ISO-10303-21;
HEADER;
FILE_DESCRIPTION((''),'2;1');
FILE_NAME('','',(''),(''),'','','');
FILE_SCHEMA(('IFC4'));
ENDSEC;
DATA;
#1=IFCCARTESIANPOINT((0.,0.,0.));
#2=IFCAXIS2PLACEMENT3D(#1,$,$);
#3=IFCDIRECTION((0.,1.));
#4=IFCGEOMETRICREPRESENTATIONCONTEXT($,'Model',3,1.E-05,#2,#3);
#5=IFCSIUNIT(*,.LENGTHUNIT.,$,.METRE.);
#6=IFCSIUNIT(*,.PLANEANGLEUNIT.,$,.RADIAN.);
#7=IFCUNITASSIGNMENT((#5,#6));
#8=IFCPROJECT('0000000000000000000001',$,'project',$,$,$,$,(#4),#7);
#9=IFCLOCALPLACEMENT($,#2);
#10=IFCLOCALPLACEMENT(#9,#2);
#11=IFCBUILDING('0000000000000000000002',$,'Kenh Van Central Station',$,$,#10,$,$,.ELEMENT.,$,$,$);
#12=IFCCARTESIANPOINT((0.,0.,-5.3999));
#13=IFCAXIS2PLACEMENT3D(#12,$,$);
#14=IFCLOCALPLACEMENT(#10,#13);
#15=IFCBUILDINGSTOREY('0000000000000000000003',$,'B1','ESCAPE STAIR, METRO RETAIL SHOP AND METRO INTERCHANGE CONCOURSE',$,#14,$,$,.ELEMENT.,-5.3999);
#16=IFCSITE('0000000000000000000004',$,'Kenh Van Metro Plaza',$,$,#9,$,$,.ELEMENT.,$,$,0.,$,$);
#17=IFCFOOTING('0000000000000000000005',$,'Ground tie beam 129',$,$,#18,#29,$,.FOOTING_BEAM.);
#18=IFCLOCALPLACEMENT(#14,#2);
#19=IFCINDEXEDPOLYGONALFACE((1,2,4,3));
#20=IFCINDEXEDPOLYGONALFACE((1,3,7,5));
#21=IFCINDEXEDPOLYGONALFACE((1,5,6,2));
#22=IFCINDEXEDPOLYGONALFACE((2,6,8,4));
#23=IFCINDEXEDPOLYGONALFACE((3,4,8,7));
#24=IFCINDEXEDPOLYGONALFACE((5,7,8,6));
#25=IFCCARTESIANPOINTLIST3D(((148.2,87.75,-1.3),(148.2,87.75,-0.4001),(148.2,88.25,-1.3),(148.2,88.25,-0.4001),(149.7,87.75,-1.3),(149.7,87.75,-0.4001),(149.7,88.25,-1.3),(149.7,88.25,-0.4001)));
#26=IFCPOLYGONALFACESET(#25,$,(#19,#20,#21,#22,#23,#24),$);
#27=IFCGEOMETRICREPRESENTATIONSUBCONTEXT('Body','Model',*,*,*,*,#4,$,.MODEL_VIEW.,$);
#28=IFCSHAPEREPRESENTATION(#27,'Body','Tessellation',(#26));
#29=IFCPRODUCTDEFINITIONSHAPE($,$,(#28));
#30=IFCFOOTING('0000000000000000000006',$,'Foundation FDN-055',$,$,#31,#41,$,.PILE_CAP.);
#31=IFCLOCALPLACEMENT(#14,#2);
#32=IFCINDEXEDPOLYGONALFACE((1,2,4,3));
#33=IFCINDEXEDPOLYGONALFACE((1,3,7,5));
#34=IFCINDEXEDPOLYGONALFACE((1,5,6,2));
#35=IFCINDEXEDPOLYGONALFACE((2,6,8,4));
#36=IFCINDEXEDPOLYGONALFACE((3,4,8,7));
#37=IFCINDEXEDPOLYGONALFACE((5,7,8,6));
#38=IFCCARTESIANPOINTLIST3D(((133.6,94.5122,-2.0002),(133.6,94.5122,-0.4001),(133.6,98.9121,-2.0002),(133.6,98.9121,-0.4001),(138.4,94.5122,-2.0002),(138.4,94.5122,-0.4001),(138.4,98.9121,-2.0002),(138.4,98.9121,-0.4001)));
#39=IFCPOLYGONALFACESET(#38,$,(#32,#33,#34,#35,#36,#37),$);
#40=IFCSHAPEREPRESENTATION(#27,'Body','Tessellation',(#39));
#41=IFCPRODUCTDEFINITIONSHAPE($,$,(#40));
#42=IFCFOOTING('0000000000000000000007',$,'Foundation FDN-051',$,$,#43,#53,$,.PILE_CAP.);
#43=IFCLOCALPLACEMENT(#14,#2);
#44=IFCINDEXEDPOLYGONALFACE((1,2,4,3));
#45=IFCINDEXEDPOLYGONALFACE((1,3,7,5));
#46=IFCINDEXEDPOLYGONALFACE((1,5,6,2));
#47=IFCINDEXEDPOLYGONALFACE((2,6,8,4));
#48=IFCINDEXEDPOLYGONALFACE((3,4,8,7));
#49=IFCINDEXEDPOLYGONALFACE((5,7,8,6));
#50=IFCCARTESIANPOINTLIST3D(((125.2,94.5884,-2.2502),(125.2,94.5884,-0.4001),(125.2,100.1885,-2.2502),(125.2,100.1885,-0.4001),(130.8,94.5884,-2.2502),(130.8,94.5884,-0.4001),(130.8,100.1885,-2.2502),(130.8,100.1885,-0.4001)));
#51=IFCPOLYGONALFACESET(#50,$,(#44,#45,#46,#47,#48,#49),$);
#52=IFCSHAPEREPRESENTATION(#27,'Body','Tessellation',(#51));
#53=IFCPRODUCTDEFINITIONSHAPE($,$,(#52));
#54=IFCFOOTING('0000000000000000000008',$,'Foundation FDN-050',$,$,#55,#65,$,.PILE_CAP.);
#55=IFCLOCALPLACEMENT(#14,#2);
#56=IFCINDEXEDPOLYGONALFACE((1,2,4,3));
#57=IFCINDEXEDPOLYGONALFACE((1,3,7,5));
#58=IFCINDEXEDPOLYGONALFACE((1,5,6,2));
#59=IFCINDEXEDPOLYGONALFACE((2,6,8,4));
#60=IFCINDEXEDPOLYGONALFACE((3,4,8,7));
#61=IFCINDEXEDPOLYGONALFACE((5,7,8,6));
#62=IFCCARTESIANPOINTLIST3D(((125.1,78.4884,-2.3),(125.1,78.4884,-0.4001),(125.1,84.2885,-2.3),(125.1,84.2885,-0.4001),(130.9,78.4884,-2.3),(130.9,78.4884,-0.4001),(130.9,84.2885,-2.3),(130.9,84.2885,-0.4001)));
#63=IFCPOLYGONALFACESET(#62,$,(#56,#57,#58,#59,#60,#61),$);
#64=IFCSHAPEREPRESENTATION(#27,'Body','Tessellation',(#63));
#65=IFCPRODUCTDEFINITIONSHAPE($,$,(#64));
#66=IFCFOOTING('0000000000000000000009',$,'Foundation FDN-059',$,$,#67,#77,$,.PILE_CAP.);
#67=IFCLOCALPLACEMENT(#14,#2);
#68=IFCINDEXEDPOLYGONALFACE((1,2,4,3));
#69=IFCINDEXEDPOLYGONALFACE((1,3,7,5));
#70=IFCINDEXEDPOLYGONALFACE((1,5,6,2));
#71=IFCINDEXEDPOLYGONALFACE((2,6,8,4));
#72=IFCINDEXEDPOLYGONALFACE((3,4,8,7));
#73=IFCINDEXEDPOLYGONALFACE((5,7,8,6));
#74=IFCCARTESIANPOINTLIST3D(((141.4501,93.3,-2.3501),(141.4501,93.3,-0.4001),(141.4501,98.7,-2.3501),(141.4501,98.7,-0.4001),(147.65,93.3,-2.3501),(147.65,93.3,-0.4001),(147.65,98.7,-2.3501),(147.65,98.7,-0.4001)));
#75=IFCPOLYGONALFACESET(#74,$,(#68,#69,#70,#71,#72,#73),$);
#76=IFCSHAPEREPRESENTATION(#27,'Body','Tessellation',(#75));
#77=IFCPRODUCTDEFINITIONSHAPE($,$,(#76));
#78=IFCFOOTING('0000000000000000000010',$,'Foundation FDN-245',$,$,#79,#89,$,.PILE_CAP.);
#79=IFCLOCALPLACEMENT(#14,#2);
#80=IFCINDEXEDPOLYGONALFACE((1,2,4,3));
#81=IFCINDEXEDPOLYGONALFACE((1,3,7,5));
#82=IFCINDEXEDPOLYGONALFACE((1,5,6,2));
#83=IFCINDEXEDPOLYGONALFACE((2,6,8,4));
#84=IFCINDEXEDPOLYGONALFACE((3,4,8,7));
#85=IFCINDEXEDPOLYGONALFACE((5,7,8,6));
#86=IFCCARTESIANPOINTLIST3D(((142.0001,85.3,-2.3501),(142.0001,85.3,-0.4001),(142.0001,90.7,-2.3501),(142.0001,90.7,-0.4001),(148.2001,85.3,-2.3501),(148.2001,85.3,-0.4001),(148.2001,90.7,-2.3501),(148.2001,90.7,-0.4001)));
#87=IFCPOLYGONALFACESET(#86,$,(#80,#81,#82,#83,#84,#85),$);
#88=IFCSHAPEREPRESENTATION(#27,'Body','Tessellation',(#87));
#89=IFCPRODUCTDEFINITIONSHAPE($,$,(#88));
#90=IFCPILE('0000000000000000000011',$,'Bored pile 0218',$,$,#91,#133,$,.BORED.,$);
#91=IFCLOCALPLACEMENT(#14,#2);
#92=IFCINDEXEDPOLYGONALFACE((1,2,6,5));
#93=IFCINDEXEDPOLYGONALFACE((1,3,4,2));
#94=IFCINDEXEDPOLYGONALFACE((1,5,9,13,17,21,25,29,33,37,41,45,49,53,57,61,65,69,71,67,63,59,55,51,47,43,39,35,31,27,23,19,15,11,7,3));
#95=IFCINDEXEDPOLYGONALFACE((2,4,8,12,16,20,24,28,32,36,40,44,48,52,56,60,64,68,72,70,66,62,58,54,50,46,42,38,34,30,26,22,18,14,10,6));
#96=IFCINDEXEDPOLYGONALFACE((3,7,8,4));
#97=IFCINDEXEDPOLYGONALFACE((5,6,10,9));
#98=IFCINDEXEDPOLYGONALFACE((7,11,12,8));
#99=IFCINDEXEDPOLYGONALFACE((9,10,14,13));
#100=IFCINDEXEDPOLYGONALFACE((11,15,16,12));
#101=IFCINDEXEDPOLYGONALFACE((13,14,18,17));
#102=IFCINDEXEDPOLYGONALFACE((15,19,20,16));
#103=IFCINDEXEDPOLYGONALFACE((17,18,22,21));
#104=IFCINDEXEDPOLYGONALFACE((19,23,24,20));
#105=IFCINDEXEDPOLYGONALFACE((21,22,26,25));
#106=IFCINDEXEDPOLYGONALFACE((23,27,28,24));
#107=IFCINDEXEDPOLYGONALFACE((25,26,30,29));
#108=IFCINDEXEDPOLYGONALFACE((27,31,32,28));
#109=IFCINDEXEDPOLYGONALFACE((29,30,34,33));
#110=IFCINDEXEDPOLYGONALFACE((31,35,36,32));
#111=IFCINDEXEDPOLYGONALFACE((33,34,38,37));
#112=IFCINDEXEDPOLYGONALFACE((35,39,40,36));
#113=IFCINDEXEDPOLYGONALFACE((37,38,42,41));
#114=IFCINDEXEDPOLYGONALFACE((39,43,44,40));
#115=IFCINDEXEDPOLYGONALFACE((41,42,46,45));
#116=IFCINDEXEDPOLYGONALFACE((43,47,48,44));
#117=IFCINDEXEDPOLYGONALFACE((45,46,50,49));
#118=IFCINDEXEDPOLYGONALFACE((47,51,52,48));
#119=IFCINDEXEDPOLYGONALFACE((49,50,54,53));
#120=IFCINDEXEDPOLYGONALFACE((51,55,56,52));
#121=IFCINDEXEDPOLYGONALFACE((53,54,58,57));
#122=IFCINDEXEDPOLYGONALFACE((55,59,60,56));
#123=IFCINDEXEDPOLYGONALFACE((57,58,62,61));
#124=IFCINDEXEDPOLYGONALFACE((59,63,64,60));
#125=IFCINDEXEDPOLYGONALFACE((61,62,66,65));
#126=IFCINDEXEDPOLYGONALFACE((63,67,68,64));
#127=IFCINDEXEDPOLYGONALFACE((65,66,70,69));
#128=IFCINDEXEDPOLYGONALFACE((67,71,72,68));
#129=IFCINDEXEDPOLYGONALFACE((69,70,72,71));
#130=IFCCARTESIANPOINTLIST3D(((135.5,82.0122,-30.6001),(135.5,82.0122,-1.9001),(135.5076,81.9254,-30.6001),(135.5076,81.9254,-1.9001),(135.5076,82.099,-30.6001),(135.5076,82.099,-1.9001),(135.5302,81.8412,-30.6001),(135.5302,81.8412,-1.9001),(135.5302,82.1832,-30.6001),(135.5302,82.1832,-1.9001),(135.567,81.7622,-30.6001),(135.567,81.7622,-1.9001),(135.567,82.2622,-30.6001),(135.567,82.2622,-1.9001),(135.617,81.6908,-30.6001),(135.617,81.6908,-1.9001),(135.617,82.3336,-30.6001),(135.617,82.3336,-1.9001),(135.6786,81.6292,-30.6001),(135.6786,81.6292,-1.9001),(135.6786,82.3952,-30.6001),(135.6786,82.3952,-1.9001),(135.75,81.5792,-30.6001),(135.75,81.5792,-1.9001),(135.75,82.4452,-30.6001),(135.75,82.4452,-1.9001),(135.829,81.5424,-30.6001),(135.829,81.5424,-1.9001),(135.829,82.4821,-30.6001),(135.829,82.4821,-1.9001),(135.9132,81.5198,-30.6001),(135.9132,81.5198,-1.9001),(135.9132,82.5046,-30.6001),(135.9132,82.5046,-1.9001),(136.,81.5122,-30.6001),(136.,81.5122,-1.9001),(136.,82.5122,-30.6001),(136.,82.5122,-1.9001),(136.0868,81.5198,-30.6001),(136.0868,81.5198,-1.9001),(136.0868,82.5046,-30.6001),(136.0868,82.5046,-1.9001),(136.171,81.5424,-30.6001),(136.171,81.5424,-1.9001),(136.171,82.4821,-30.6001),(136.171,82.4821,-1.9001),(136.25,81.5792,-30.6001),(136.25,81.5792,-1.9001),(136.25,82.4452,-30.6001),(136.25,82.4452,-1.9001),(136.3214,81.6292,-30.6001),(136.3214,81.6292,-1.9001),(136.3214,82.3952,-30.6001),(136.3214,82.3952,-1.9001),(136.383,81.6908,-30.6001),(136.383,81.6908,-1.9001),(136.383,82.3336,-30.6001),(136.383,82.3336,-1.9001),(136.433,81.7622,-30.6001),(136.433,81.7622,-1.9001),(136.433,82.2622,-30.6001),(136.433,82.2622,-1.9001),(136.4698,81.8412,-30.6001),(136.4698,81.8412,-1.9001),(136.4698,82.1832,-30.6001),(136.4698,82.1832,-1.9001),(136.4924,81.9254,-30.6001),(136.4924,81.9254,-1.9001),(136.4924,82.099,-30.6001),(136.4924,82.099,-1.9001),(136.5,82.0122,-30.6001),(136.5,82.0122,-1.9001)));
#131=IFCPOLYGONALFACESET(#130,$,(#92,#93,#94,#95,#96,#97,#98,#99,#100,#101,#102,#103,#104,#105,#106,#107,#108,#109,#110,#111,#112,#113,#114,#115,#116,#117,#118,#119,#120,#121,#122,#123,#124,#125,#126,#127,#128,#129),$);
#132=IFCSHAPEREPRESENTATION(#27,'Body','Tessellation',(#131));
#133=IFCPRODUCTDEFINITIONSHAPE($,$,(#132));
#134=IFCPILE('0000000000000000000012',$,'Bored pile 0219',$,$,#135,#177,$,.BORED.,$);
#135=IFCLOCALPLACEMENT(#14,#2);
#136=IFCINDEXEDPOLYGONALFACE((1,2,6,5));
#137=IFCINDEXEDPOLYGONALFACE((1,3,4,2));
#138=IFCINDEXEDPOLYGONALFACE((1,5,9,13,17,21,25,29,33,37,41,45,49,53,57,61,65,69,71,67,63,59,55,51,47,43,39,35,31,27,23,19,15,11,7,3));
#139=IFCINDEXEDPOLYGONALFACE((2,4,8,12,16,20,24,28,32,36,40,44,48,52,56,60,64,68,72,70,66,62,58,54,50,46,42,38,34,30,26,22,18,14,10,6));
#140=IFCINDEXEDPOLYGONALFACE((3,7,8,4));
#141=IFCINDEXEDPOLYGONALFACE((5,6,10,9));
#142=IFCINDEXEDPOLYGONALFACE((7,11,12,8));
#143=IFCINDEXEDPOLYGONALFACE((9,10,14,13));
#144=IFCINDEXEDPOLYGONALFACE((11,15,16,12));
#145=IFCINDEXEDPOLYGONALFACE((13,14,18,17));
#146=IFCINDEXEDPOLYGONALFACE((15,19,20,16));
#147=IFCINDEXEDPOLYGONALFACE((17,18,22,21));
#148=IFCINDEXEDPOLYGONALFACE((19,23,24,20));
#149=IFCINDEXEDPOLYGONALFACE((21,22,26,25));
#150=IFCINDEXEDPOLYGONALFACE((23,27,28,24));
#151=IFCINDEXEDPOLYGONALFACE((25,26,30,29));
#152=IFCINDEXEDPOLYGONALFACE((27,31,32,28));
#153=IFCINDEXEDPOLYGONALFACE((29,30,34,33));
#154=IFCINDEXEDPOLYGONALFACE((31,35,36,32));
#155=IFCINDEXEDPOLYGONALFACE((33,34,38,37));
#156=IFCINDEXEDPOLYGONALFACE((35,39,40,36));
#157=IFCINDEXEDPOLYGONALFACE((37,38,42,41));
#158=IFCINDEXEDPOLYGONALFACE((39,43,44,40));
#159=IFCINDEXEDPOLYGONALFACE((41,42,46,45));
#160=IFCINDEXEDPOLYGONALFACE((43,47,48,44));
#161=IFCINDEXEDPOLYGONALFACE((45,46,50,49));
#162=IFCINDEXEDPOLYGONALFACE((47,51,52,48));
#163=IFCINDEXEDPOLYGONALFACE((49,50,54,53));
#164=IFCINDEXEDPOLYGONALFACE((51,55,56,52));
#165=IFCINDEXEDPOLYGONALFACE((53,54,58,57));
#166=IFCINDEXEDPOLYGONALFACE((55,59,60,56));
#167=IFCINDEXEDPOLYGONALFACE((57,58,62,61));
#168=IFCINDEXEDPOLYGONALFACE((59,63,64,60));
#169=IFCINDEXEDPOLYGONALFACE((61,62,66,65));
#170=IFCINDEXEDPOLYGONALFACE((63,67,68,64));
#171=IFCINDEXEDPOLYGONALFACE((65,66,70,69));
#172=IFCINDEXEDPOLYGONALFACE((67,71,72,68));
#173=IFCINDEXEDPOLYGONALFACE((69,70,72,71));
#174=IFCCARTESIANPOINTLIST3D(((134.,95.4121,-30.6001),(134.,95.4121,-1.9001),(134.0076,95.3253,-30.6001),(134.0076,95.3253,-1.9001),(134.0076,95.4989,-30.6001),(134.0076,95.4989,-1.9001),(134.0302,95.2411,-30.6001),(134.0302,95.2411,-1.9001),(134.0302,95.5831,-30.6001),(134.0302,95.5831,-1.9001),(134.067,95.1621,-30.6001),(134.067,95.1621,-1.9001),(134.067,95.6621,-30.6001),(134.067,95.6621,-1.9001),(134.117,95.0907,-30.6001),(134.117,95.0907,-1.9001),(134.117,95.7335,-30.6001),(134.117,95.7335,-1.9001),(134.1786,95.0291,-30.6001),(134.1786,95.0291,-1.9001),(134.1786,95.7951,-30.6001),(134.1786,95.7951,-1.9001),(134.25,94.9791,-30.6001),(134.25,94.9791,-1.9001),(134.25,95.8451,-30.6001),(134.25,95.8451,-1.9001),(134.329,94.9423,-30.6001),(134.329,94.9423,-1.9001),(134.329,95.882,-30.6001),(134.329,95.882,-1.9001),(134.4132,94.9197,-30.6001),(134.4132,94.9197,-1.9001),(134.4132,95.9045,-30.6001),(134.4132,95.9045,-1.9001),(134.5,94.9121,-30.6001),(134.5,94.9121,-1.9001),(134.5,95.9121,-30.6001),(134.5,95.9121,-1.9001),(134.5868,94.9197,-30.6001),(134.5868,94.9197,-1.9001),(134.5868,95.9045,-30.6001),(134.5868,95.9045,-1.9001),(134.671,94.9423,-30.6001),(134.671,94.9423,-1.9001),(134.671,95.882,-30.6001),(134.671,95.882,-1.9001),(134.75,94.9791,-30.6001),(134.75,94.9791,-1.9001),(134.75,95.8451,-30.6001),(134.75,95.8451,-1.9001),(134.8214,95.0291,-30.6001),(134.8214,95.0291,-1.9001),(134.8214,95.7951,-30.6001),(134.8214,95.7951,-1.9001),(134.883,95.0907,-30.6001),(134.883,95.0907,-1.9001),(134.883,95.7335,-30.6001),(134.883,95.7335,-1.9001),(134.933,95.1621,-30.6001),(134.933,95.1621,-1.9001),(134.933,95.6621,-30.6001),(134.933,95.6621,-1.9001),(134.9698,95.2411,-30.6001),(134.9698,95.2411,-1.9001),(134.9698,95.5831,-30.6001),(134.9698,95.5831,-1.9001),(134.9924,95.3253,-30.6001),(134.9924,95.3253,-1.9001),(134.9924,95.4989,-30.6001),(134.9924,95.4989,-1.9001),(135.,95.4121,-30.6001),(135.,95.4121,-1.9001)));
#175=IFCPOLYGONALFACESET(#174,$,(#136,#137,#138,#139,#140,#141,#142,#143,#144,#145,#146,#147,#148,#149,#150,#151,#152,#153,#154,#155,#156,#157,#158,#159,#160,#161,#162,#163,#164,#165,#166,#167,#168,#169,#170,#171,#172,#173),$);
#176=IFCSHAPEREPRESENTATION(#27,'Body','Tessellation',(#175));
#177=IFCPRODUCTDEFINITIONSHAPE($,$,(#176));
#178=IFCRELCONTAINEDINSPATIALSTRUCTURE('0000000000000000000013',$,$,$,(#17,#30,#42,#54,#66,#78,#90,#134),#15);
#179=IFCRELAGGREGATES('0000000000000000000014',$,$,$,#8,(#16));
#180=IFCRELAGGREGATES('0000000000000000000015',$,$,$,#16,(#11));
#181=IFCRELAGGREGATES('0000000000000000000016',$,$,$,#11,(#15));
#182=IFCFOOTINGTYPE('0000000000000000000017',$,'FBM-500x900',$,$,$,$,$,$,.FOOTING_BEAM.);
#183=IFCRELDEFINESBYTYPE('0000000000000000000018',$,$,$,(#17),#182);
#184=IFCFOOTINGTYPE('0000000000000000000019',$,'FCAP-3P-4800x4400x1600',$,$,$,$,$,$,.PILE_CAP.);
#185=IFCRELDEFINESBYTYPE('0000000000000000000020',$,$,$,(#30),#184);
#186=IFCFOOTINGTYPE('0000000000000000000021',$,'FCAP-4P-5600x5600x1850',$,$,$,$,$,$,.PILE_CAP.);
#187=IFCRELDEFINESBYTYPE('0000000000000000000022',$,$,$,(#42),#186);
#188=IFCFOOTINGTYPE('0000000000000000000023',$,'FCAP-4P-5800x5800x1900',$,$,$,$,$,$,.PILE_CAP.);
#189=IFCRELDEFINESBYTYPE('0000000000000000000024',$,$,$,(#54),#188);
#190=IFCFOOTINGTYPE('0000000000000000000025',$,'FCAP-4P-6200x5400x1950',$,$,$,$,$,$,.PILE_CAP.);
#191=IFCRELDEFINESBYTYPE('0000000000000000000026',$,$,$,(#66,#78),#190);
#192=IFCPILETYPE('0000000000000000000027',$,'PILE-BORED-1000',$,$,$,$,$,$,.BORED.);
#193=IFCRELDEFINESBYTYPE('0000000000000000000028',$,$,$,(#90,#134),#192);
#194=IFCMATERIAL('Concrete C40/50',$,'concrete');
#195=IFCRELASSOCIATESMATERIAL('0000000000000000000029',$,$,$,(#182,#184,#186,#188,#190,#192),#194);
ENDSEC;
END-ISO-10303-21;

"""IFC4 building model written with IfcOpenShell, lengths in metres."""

from ifc_helpers import new_model, si_unit, direction, frame, origin, origin_2d, place, context, subcontext, project, spatial, rectangle, circle, extrude, material, material_profile, profile_set, type_object, element, save


model = new_model("IFC4")

# Units and contexts
model_context = context("Model", 3, precision=1e-05, world=origin(), true_north=direction((0.0, 1.0)))
body_context = subcontext(model_context, "Body", "Model", "MODEL_VIEW")
ifc_project = project(units=[si_unit("LENGTHUNIT", "METRE"), si_unit("PLANEANGLEUNIT", "RADIAN")], contexts=[model_context])

# Site, building, storey
site_placement = place(None, origin())
site = spatial("IfcSite", under=ifc_project, at=site_placement, Name="Kenh Van Metro Plaza", CompositionType="ELEMENT", RefElevation=0.0)
building_placement = place(site_placement, origin())
building = spatial("IfcBuilding", under=site, at=building_placement, Name="Kenh Van Central Station", CompositionType="ELEMENT")
storey_placement = place(building_placement, frame((0.0, 0.0, -5.3999)))
storey = spatial("IfcBuildingStorey", under=building, at=storey_placement, Name="B1", Description="ESCAPE STAIR, METRO RETAIL SHOP AND METRO INTERCHANGE CONCOURSE", CompositionType="ELEMENT", Elevation=-5.3999)

# Footings
ifc_material_1 = material(Name="Concrete C40/50", Category="concrete")
ifc_material_profile_1 = material_profile(ifc_material_1, rectangle(XDim=0.5, YDim=0.8999, at=origin_2d()), Name="RC 500x900")
ifc_profile_set_1 = profile_set([ifc_material_profile_1], Name="Concrete C40/50")
footing_type_1 = type_object("IfcFootingType", Name="FBM-500x900", PredefinedType="FOOTING_BEAM", material=ifc_profile_set_1)
footing_1_placement = place(storey_placement, frame((148.2, 88.0, -0.8501), z_axis=(1.0, 0.0, 0.0), x_axis=(0.0, 1.0, 0.0)))
element("IfcFooting", 1, at=footing_1_placement, inside=storey, type_object=footing_type_1, Name="Ground tie beam 129", PredefinedType="FOOTING_BEAM", context=body_context, shape_type="SweptSolid", body=[
    extrude(rectangle(XDim=0.5, YDim=0.8999, at=origin_2d()), origin(), (0.0, 0.0, 1.0), 1.5),
])
footing_type_2 = type_object("IfcFootingType", Name="FCAP-3P-4800x4400x1600", PredefinedType="PILE_CAP", material=ifc_material_1)
footing_2_placement = place(storey_placement, frame((136.0, 96.7122, -2.0002), z_axis=(0.0, 0.0, 1.0), x_axis=(1.0, 0.0, 0.0)))
element("IfcFooting", 2, at=footing_2_placement, inside=storey, type_object=footing_type_2, Name="Foundation FDN-055", PredefinedType="PILE_CAP", context=body_context, shape_type="SweptSolid", body=[
    extrude(rectangle(XDim=4.8, YDim=4.3999, at=origin_2d()), origin(), (0.0, 0.0, 1.0), 1.6001),
])
footing_type_3 = type_object("IfcFootingType", Name="FCAP-4P-5600x5600x1850", PredefinedType="PILE_CAP", material=ifc_material_1)
footing_3_placement = place(storey_placement, frame((128.0, 97.3884, -2.2502), z_axis=(0.0, 0.0, 1.0), x_axis=(1.0, 0.0, 0.0)))
element("IfcFooting", 3, at=footing_3_placement, inside=storey, type_object=footing_type_3, Name="Foundation FDN-051", PredefinedType="PILE_CAP", context=body_context, shape_type="SweptSolid", body=[
    extrude(rectangle(XDim=5.6001, YDim=5.6001, at=origin_2d()), origin(), (0.0, 0.0, 1.0), 1.8501),
])
footing_type_4 = type_object("IfcFootingType", Name="FCAP-4P-5800x5800x1900", PredefinedType="PILE_CAP", material=ifc_material_1)
footing_4_placement = place(storey_placement, frame((128.0, 81.3884, -2.3), z_axis=(0.0, 0.0, 1.0), x_axis=(1.0, 0.0, 0.0)))
element("IfcFooting", 4, at=footing_4_placement, inside=storey, type_object=footing_type_4, Name="Foundation FDN-050", PredefinedType="PILE_CAP", context=body_context, shape_type="SweptSolid", body=[
    extrude(rectangle(XDim=5.8, YDim=5.8, at=origin_2d()), origin(), (0.0, 0.0, 1.0), 1.8999),
])
footing_type_5 = type_object("IfcFootingType", Name="FCAP-4P-6200x5400x1950", PredefinedType="PILE_CAP", material=ifc_material_1)
for number, where, z_axis, x_axis, name in (
    (5, (144.55, 96.0, -2.3501), (0.0, 0.0, 1.0), (1.0, 0.0, 0.0), "Foundation FDN-059"),
    (6, (145.1001, 88.0, -2.3501), (0.0, 0.0, 1.0), (1.0, 0.0, 0.0), "Foundation FDN-245"),
):
    element("IfcFooting", number, at=place(storey_placement, frame(where, z_axis=z_axis, x_axis=x_axis)), inside=storey, type_object=footing_type_5, Name=name, PredefinedType="PILE_CAP", context=body_context, shape_type="SweptSolid", body=[
        extrude(rectangle(XDim=6.2, YDim=5.3999, at=origin_2d()), origin(), (0.0, 0.0, 1.0), 1.95),
    ])

# Piles
ifc_material_profile_2 = material_profile(ifc_material_1, circle(Radius=0.5, at=origin_2d()), Name="PILE D1000")
ifc_profile_set_2 = profile_set([ifc_material_profile_2], Name="Concrete C40/50")
pile_type_1 = type_object("IfcPileType", Name="PILE-BORED-1000", PredefinedType="BORED", material=ifc_profile_set_2)
for number, where, z_axis, x_axis, name in (
    (7, (136.0, 82.0122, -1.9001), (0.0, 0.0, -1.0), (1.0, 0.0, 0.0), "Bored pile 0218"),
    (8, (134.5, 95.4121, -1.9001), (0.0, 0.0, -1.0), (1.0, 0.0, 0.0), "Bored pile 0219"),
):
    element("IfcPile", number, at=place(storey_placement, frame(where, z_axis=z_axis, x_axis=x_axis)), inside=storey, type_object=pile_type_1, Name=name, PredefinedType="BORED", context=body_context, shape_type="SweptSolid", body=[
        extrude(circle(Radius=0.5, at=origin_2d()), origin(), (0.0, 0.0, 1.0), 28.7),
    ])

save(model, "model.ifc")
